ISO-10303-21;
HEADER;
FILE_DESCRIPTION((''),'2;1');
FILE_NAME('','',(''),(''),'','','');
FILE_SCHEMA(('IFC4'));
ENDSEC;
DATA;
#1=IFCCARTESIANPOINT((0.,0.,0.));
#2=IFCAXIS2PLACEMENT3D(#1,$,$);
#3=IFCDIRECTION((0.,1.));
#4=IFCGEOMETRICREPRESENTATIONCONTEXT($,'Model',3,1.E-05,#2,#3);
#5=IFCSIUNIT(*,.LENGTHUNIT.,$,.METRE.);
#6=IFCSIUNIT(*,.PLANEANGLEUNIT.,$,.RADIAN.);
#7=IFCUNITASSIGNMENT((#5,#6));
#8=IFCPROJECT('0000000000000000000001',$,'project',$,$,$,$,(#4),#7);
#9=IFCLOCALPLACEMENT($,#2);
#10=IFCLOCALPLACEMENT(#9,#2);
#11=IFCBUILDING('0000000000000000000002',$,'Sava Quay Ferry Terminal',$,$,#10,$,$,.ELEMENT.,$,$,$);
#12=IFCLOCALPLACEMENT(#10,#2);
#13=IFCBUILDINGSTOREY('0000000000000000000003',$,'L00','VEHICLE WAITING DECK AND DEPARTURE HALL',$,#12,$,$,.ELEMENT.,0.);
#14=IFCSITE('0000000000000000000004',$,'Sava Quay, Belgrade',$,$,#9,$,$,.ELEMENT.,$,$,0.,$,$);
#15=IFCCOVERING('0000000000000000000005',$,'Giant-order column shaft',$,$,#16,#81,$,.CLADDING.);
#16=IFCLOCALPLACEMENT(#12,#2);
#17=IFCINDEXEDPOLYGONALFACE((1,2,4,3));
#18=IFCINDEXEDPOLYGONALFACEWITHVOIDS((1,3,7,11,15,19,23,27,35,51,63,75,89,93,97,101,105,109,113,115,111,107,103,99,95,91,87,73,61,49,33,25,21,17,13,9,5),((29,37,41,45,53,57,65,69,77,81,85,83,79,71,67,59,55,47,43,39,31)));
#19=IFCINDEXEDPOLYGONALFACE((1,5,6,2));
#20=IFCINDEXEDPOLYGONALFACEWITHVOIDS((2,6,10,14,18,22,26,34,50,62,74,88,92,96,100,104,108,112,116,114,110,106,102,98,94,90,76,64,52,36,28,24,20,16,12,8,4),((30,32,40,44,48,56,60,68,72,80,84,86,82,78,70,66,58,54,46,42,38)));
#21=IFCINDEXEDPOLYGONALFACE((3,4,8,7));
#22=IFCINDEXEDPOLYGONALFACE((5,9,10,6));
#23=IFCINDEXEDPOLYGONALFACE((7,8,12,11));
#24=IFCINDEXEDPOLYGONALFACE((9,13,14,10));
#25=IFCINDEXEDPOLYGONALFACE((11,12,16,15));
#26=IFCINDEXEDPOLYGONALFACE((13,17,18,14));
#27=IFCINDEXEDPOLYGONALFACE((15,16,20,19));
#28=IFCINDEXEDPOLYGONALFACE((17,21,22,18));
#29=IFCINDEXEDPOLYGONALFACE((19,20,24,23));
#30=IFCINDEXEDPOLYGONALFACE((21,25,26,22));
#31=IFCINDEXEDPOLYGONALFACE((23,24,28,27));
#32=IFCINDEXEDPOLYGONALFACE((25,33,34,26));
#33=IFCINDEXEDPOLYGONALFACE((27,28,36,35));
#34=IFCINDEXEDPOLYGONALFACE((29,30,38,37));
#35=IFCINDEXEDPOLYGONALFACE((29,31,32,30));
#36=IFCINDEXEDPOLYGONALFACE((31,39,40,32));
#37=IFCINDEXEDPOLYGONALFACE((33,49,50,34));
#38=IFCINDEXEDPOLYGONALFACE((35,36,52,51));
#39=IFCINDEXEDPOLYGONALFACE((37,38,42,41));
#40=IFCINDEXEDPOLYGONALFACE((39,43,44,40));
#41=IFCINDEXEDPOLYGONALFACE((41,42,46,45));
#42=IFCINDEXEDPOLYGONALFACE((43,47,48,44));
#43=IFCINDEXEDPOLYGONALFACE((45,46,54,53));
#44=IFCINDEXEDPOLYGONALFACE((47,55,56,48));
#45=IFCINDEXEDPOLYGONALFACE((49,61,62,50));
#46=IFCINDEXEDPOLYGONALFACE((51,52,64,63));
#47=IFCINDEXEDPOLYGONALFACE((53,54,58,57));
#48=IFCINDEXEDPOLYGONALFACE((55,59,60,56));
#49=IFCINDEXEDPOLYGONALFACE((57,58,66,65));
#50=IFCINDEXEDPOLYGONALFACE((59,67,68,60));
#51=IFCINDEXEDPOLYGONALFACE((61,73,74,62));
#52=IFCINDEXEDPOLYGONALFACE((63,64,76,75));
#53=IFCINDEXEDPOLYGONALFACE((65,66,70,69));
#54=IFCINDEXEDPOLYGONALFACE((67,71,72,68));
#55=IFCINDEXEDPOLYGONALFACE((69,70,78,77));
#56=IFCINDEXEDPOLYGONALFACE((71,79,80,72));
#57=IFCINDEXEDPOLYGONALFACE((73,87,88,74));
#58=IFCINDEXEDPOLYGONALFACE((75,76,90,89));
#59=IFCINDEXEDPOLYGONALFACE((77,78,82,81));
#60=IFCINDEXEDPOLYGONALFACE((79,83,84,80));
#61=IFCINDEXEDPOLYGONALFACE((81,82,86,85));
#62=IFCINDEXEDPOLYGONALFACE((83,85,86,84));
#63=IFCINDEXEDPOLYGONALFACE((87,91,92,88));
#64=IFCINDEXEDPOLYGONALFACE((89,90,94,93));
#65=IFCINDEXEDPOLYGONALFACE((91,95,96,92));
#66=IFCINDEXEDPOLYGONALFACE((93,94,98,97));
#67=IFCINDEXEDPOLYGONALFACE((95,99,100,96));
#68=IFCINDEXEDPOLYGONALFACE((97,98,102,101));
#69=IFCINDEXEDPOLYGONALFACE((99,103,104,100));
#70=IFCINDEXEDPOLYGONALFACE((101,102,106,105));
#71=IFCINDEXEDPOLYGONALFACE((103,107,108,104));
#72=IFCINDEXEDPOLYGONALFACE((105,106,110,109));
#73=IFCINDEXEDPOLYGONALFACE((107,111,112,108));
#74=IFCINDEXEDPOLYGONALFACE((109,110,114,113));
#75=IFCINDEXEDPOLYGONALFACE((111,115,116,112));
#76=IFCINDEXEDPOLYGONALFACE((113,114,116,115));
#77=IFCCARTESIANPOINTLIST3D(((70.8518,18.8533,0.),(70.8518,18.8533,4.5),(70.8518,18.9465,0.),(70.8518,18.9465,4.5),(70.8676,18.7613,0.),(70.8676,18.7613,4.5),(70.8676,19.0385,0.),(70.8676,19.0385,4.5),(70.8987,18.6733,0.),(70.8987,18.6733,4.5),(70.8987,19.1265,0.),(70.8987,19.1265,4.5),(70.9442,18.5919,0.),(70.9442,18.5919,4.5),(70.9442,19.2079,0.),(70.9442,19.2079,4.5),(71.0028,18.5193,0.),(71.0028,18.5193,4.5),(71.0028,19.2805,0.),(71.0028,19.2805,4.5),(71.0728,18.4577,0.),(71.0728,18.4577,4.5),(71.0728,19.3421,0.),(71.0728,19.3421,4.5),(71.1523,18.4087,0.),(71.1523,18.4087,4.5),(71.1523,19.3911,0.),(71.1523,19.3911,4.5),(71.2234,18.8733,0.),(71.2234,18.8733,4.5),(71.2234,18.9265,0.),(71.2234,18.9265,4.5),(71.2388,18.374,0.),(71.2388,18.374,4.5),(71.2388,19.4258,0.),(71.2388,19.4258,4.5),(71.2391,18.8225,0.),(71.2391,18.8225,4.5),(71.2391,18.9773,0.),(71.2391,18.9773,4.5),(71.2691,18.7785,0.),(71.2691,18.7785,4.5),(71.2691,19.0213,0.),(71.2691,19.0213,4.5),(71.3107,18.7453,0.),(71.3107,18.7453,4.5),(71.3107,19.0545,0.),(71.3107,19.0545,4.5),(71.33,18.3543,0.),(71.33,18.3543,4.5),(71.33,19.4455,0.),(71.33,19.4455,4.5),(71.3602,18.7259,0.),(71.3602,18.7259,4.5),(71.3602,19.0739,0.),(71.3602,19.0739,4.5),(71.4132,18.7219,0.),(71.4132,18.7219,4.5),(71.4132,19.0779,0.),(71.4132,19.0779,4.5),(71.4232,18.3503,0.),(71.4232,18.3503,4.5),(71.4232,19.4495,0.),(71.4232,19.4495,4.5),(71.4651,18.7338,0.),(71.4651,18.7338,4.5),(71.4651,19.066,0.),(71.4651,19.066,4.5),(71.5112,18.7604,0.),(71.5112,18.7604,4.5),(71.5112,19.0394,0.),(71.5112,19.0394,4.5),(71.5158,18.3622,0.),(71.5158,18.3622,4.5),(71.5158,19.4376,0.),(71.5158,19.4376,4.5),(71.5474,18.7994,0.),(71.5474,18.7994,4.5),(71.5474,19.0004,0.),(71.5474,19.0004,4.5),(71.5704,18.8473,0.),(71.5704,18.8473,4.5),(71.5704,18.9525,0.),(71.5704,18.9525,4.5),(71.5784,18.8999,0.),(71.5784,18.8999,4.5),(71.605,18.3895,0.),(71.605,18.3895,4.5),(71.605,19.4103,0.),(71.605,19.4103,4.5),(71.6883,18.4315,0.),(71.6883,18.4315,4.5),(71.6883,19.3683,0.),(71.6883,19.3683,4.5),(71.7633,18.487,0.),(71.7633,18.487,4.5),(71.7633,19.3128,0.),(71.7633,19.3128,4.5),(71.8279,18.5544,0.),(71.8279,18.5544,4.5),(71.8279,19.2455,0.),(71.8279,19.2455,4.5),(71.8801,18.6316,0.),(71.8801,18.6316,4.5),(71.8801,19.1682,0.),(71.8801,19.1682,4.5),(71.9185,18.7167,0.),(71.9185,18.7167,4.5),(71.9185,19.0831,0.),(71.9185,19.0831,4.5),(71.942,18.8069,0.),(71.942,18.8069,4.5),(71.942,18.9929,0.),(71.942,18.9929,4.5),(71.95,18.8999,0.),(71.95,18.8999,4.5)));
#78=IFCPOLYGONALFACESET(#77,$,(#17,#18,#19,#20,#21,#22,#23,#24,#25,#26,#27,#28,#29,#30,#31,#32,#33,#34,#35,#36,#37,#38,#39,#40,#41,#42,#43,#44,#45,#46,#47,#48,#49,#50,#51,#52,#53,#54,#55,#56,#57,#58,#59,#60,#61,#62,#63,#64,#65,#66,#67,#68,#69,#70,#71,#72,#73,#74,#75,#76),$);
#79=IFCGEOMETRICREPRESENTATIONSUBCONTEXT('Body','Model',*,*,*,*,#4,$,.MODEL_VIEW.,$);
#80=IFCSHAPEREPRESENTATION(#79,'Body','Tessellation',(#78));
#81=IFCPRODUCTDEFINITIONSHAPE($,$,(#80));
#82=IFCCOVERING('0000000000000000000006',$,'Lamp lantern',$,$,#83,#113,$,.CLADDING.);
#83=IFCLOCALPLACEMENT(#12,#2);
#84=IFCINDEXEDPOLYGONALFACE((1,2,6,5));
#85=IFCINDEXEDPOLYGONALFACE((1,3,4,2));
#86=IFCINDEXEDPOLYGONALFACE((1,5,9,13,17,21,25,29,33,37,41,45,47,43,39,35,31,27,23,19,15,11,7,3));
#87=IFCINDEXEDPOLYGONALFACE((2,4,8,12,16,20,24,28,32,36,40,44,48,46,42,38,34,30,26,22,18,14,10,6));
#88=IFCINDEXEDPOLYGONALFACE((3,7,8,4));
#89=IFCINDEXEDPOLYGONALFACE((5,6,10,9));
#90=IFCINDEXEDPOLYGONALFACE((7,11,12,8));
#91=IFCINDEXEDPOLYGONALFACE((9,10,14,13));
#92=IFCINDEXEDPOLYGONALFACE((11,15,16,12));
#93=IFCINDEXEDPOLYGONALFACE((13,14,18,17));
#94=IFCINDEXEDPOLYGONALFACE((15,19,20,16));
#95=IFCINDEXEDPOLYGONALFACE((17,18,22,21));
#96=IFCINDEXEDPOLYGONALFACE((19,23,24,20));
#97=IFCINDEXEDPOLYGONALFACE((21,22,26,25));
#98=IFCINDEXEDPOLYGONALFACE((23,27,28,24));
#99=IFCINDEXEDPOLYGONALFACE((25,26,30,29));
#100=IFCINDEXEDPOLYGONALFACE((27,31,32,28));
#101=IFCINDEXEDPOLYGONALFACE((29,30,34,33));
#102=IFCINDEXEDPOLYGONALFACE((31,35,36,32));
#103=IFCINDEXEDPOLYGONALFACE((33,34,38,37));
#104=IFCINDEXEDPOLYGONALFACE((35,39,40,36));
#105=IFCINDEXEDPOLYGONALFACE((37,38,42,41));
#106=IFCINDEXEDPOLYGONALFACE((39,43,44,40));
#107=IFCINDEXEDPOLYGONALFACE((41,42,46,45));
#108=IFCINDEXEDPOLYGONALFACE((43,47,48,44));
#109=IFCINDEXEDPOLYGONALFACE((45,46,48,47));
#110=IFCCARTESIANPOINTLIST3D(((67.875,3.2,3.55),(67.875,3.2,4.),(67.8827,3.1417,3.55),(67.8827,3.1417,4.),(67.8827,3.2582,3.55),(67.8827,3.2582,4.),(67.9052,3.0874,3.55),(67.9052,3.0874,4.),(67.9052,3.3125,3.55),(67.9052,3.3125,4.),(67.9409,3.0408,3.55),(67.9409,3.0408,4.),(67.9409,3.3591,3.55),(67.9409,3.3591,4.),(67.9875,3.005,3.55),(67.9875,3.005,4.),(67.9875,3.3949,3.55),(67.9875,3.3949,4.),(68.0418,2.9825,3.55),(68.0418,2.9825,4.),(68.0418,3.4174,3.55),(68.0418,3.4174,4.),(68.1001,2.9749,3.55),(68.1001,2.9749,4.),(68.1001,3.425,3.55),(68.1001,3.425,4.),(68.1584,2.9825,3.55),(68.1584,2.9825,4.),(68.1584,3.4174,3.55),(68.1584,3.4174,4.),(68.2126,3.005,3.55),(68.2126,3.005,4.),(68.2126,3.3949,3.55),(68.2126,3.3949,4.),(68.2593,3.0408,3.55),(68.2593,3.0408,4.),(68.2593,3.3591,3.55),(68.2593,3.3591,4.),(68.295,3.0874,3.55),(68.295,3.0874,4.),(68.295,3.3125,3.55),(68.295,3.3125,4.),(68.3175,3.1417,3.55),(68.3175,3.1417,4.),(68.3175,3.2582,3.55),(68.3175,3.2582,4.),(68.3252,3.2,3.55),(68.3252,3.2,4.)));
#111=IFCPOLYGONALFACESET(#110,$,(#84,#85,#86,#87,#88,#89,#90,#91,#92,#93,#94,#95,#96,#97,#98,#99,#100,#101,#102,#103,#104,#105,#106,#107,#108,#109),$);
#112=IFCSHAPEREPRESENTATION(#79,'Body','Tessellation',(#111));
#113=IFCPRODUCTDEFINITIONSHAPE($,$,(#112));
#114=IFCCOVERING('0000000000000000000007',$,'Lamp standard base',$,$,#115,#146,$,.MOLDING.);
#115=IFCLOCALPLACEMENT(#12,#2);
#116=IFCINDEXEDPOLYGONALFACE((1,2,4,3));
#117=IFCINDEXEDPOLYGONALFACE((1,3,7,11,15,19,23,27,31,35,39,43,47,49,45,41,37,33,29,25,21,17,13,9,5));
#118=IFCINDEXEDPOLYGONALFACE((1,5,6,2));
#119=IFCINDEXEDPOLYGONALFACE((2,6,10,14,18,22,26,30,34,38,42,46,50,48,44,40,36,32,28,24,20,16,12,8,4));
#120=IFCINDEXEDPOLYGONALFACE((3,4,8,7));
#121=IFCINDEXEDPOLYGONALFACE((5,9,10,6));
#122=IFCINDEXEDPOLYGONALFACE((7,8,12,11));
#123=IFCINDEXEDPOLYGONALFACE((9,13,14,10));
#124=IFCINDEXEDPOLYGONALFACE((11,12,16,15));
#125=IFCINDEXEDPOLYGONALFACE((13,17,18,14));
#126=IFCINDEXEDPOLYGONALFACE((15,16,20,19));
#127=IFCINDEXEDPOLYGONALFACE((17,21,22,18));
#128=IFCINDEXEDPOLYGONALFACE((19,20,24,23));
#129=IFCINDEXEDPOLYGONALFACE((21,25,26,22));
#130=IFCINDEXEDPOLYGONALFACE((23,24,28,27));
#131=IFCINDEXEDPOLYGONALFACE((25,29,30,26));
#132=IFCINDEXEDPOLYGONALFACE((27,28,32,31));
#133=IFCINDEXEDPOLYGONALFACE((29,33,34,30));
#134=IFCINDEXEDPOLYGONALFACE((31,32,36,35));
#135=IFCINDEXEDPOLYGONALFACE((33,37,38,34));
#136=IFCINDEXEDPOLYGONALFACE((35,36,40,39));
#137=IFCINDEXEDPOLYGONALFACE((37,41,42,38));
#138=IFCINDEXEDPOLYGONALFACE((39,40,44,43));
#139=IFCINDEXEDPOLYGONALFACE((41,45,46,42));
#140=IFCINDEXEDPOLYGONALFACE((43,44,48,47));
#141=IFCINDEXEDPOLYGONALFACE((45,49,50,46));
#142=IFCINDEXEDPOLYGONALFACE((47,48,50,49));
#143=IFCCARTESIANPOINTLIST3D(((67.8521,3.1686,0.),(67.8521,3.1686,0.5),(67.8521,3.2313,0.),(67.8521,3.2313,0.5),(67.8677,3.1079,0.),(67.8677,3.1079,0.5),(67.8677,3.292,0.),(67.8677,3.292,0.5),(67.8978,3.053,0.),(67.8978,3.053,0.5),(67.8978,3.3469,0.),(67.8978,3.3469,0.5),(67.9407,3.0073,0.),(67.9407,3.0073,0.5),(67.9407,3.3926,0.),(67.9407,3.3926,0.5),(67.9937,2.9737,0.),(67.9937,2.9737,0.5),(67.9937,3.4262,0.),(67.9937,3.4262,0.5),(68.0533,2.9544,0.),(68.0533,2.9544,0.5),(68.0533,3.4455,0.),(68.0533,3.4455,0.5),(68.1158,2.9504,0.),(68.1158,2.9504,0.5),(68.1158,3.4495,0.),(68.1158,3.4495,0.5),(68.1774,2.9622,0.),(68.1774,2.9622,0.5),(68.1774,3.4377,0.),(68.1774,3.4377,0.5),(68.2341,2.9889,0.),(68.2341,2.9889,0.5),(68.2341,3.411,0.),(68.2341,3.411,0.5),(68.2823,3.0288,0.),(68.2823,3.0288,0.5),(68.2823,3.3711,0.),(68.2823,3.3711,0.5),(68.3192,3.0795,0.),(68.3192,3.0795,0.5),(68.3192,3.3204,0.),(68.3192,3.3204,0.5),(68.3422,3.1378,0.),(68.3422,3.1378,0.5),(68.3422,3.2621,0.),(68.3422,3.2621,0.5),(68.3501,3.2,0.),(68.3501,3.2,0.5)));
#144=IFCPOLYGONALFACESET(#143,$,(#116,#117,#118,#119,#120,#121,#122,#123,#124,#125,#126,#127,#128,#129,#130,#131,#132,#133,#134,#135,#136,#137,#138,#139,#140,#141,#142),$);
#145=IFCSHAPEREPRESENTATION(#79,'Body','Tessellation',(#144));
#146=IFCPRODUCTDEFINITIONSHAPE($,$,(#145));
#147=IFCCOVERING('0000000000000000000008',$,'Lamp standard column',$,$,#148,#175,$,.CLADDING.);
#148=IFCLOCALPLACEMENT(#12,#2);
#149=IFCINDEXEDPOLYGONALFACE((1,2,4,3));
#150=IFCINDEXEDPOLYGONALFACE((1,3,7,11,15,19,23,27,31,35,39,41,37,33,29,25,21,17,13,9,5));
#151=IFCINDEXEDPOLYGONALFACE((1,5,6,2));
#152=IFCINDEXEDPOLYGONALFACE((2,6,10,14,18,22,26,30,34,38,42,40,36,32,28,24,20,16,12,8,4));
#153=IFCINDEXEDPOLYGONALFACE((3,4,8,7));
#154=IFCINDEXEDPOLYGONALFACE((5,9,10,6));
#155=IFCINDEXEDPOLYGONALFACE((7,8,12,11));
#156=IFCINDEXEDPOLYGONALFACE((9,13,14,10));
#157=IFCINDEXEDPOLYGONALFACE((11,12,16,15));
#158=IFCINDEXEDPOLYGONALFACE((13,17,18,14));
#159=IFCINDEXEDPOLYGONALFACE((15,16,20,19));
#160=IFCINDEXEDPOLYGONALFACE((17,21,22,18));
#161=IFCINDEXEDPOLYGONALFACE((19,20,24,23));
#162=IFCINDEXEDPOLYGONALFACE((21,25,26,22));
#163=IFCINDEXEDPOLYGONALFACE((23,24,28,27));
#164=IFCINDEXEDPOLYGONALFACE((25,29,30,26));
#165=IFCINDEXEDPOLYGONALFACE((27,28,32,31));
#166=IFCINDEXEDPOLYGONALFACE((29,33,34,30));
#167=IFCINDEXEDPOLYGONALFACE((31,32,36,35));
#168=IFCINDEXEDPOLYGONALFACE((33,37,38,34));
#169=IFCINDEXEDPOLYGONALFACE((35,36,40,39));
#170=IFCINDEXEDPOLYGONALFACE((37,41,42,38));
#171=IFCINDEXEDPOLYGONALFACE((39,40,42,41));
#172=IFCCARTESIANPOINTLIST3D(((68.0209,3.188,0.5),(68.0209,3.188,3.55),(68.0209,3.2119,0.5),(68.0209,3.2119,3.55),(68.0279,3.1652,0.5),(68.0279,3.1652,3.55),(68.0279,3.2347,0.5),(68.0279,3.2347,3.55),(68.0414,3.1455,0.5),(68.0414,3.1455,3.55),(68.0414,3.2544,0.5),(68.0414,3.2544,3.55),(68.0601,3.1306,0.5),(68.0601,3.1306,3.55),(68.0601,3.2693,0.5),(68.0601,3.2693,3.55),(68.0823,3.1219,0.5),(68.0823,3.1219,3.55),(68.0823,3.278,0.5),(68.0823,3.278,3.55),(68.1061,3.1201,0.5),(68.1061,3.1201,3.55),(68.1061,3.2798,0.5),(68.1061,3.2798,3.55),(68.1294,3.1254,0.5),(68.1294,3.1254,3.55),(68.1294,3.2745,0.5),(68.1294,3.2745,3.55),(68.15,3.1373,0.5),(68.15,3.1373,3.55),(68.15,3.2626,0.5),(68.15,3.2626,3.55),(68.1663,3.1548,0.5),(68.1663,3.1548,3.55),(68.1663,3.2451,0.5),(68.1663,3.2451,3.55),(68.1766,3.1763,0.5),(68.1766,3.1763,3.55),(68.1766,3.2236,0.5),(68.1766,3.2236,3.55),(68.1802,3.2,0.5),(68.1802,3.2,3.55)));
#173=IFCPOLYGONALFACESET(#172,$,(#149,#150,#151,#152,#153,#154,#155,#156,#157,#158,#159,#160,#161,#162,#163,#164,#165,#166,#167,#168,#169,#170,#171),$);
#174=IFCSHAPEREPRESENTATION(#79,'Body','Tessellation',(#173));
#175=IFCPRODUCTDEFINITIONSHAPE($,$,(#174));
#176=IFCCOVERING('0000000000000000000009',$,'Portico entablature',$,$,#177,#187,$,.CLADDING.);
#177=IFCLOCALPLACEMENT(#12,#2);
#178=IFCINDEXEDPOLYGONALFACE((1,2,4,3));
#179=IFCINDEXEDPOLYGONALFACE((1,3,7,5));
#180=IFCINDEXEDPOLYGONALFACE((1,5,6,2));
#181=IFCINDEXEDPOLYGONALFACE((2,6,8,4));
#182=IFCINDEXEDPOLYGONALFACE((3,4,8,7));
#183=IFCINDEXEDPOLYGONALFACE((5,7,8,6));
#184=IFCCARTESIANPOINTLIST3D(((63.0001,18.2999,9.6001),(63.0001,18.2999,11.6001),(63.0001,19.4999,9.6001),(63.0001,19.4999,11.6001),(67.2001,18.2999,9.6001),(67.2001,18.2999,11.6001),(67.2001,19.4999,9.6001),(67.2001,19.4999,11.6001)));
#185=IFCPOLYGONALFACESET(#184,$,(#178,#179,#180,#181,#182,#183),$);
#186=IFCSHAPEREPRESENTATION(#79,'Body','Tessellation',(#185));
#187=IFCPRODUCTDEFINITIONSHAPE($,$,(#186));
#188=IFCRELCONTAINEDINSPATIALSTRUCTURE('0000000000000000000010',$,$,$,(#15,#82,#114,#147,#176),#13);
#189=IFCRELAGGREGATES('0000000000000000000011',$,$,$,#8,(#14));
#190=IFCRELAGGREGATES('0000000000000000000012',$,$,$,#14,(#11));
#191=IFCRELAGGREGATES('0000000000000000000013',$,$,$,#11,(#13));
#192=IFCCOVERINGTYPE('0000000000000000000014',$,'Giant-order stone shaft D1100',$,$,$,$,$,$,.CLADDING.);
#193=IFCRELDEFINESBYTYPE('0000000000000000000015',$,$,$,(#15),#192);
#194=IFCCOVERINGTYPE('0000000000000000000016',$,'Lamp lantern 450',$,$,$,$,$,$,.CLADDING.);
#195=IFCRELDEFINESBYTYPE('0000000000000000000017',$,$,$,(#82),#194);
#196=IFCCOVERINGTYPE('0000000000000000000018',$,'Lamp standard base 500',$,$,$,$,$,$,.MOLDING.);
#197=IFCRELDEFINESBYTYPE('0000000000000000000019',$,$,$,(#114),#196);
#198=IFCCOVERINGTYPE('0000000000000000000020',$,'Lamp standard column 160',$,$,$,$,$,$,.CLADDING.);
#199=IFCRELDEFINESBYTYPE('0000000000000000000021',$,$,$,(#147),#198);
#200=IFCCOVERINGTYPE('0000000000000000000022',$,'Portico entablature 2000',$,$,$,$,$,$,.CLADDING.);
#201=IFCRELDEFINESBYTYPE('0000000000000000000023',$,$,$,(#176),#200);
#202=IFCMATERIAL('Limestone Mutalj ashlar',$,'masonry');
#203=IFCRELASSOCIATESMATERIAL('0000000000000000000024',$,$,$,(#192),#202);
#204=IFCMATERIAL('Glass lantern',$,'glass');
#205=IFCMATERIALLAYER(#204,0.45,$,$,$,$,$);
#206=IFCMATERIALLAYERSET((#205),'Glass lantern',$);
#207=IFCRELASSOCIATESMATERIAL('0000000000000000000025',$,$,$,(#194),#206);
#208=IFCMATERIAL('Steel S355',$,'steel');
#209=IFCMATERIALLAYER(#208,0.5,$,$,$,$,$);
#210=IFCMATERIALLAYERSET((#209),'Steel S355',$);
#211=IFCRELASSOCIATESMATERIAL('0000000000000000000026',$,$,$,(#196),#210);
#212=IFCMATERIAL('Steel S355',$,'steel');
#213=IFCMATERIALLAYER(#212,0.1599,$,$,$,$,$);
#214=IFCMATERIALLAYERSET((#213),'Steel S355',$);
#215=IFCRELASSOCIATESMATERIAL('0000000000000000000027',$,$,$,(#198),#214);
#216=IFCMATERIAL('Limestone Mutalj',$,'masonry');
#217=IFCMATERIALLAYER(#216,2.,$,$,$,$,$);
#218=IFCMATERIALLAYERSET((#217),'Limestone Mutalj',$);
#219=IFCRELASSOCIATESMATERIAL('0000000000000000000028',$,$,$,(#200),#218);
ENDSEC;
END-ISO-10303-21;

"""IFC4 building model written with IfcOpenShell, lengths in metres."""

from ifc_helpers import new_model, si_unit, direction, frame, origin, origin_2d, place, context, subcontext, project, spatial, rectangle, circle, hollow_circle, extrude, material, layer, layer_set, material_profile, profile_set, type_object, element, save


model = new_model("IFC4")

# Units and contexts
model_context = context("Model", 3, precision=1e-05, world=origin(), true_north=direction((0.0, 1.0)))
body_context = subcontext(model_context, "Body", "Model", "MODEL_VIEW")
ifc_project = project(units=[si_unit("LENGTHUNIT", "METRE"), si_unit("PLANEANGLEUNIT", "RADIAN")], contexts=[model_context])

# Site, building, storey
site_placement = place(None, origin())
site = spatial("IfcSite", under=ifc_project, at=site_placement, Name="Sava Quay, Belgrade", CompositionType="ELEMENT", RefElevation=0.0)
building_placement = place(site_placement, origin())
building = spatial("IfcBuilding", under=site, at=building_placement, Name="Sava Quay Ferry Terminal", CompositionType="ELEMENT")
storey_placement = place(building_placement, origin())
storey = spatial("IfcBuildingStorey", under=building, at=storey_placement, Name="L00", Description="VEHICLE WAITING DECK AND DEPARTURE HALL", CompositionType="ELEMENT", Elevation=0.0)

# Coverings
ifc_material_1 = material(Name="Limestone Mutalj ashlar", Category="masonry")
ifc_material_profile_1 = material_profile(ifc_material_1, hollow_circle(Radius=0.55, WallThickness=0.3716, at=origin_2d()), Name="Stone shaft D1100")
ifc_profile_set_1 = profile_set([ifc_material_profile_1], Name="Limestone Mutalj ashlar")
covering_type_1 = type_object("IfcCoveringType", Name="Giant-order stone shaft D1100", PredefinedType="CLADDING", material=ifc_profile_set_1)
covering_1_placement = place(storey_placement, frame((71.3999, 18.8999, 0.0), z_axis=(0.0, 0.0, 1.0), x_axis=(1.0, 0.0, 0.0)))
element("IfcCovering", 1, at=covering_1_placement, inside=storey, type_object=covering_type_1, Name="Giant-order column shaft", PredefinedType="CLADDING", context=body_context, shape_type="SweptSolid", body=[
    extrude(hollow_circle(Radius=0.55, WallThickness=0.3716, at=origin_2d()), origin(), (0.0, 0.0, 1.0), 4.5),
])
ifc_material_2 = material(Name="Glass lantern", Category="glass")
ifc_layer_1 = layer(ifc_material_2, 0.45)
ifc_layer_set_1 = layer_set([ifc_layer_1], Name="Glass lantern")
covering_type_2 = type_object("IfcCoveringType", Name="Lamp lantern 450", PredefinedType="CLADDING", material=ifc_layer_set_1)
covering_2_placement = place(storey_placement, frame((68.1001, 3.2, 4.0), z_axis=(0.0, 0.0, -1.0), x_axis=(1.0, 0.0, 0.0)))
element("IfcCovering", 2, at=covering_2_placement, inside=storey, type_object=covering_type_2, Name="Lamp lantern", PredefinedType="CLADDING", context=body_context, shape_type="SweptSolid", body=[
    extrude(circle(Radius=0.2251, at=origin_2d()), origin(), (0.0, 0.0, 1.0), 0.45),
])
ifc_material_3 = material(Name="Steel S355", Category="steel")
ifc_layer_2 = layer(ifc_material_3, 0.5)
ifc_layer_set_2 = layer_set([ifc_layer_2], Name="Steel S355")
covering_type_3 = type_object("IfcCoveringType", Name="Lamp standard base 500", PredefinedType="MOLDING", material=ifc_layer_set_2)
covering_3_placement = place(storey_placement, frame((68.1001, 3.2, 0.5), z_axis=(0.0, 0.0, -1.0), x_axis=(1.0, 0.0, 0.0)))
element("IfcCovering", 3, at=covering_3_placement, inside=storey, type_object=covering_type_3, Name="Lamp standard base", PredefinedType="MOLDING", context=body_context, shape_type="SweptSolid", body=[
    extrude(circle(Radius=0.25, at=origin_2d()), origin(), (0.0, 0.0, 1.0), 0.5),
])
ifc_material_4 = material(Name="Steel S355", Category="steel")
ifc_layer_3 = layer(ifc_material_4, 0.1599)
ifc_layer_set_3 = layer_set([ifc_layer_3], Name="Steel S355")
covering_type_4 = type_object("IfcCoveringType", Name="Lamp standard column 160", PredefinedType="CLADDING", material=ifc_layer_set_3)
covering_4_placement = place(storey_placement, frame((68.1001, 3.2, 3.55), z_axis=(0.0, 0.0, -1.0), x_axis=(1.0, 0.0, 0.0)))
element("IfcCovering", 4, at=covering_4_placement, inside=storey, type_object=covering_type_4, Name="Lamp standard column", PredefinedType="CLADDING", context=body_context, shape_type="SweptSolid", body=[
    extrude(circle(Radius=0.0801, at=origin_2d()), origin(), (0.0, 0.0, 1.0), 3.05),
])
ifc_material_5 = material(Name="Limestone Mutalj", Category="masonry")
ifc_layer_4 = layer(ifc_material_5, 2.0)
ifc_layer_set_4 = layer_set([ifc_layer_4], Name="Limestone Mutalj")
covering_type_5 = type_object("IfcCoveringType", Name="Portico entablature 2000", PredefinedType="CLADDING", material=ifc_layer_set_4)
for number, where, z_axis, x_axis, name in (
    (5, (65.1001, 18.8999, 9.6001), (0.0, 0.0, 1.0), (1.0, 0.0, 0.0), "Portico entablature"),
):
    element("IfcCovering", number, at=place(storey_placement, frame(where, z_axis=z_axis, x_axis=x_axis)), inside=storey, type_object=covering_type_5, Name=name, PredefinedType="CLADDING", context=body_context, shape_type="SweptSolid", body=[
        extrude(rectangle(XDim=4.2, YDim=1.2, at=origin_2d()), origin(), (0.0, 0.0, 1.0), 2.0),
    ])

save(model, "model.ifc")
